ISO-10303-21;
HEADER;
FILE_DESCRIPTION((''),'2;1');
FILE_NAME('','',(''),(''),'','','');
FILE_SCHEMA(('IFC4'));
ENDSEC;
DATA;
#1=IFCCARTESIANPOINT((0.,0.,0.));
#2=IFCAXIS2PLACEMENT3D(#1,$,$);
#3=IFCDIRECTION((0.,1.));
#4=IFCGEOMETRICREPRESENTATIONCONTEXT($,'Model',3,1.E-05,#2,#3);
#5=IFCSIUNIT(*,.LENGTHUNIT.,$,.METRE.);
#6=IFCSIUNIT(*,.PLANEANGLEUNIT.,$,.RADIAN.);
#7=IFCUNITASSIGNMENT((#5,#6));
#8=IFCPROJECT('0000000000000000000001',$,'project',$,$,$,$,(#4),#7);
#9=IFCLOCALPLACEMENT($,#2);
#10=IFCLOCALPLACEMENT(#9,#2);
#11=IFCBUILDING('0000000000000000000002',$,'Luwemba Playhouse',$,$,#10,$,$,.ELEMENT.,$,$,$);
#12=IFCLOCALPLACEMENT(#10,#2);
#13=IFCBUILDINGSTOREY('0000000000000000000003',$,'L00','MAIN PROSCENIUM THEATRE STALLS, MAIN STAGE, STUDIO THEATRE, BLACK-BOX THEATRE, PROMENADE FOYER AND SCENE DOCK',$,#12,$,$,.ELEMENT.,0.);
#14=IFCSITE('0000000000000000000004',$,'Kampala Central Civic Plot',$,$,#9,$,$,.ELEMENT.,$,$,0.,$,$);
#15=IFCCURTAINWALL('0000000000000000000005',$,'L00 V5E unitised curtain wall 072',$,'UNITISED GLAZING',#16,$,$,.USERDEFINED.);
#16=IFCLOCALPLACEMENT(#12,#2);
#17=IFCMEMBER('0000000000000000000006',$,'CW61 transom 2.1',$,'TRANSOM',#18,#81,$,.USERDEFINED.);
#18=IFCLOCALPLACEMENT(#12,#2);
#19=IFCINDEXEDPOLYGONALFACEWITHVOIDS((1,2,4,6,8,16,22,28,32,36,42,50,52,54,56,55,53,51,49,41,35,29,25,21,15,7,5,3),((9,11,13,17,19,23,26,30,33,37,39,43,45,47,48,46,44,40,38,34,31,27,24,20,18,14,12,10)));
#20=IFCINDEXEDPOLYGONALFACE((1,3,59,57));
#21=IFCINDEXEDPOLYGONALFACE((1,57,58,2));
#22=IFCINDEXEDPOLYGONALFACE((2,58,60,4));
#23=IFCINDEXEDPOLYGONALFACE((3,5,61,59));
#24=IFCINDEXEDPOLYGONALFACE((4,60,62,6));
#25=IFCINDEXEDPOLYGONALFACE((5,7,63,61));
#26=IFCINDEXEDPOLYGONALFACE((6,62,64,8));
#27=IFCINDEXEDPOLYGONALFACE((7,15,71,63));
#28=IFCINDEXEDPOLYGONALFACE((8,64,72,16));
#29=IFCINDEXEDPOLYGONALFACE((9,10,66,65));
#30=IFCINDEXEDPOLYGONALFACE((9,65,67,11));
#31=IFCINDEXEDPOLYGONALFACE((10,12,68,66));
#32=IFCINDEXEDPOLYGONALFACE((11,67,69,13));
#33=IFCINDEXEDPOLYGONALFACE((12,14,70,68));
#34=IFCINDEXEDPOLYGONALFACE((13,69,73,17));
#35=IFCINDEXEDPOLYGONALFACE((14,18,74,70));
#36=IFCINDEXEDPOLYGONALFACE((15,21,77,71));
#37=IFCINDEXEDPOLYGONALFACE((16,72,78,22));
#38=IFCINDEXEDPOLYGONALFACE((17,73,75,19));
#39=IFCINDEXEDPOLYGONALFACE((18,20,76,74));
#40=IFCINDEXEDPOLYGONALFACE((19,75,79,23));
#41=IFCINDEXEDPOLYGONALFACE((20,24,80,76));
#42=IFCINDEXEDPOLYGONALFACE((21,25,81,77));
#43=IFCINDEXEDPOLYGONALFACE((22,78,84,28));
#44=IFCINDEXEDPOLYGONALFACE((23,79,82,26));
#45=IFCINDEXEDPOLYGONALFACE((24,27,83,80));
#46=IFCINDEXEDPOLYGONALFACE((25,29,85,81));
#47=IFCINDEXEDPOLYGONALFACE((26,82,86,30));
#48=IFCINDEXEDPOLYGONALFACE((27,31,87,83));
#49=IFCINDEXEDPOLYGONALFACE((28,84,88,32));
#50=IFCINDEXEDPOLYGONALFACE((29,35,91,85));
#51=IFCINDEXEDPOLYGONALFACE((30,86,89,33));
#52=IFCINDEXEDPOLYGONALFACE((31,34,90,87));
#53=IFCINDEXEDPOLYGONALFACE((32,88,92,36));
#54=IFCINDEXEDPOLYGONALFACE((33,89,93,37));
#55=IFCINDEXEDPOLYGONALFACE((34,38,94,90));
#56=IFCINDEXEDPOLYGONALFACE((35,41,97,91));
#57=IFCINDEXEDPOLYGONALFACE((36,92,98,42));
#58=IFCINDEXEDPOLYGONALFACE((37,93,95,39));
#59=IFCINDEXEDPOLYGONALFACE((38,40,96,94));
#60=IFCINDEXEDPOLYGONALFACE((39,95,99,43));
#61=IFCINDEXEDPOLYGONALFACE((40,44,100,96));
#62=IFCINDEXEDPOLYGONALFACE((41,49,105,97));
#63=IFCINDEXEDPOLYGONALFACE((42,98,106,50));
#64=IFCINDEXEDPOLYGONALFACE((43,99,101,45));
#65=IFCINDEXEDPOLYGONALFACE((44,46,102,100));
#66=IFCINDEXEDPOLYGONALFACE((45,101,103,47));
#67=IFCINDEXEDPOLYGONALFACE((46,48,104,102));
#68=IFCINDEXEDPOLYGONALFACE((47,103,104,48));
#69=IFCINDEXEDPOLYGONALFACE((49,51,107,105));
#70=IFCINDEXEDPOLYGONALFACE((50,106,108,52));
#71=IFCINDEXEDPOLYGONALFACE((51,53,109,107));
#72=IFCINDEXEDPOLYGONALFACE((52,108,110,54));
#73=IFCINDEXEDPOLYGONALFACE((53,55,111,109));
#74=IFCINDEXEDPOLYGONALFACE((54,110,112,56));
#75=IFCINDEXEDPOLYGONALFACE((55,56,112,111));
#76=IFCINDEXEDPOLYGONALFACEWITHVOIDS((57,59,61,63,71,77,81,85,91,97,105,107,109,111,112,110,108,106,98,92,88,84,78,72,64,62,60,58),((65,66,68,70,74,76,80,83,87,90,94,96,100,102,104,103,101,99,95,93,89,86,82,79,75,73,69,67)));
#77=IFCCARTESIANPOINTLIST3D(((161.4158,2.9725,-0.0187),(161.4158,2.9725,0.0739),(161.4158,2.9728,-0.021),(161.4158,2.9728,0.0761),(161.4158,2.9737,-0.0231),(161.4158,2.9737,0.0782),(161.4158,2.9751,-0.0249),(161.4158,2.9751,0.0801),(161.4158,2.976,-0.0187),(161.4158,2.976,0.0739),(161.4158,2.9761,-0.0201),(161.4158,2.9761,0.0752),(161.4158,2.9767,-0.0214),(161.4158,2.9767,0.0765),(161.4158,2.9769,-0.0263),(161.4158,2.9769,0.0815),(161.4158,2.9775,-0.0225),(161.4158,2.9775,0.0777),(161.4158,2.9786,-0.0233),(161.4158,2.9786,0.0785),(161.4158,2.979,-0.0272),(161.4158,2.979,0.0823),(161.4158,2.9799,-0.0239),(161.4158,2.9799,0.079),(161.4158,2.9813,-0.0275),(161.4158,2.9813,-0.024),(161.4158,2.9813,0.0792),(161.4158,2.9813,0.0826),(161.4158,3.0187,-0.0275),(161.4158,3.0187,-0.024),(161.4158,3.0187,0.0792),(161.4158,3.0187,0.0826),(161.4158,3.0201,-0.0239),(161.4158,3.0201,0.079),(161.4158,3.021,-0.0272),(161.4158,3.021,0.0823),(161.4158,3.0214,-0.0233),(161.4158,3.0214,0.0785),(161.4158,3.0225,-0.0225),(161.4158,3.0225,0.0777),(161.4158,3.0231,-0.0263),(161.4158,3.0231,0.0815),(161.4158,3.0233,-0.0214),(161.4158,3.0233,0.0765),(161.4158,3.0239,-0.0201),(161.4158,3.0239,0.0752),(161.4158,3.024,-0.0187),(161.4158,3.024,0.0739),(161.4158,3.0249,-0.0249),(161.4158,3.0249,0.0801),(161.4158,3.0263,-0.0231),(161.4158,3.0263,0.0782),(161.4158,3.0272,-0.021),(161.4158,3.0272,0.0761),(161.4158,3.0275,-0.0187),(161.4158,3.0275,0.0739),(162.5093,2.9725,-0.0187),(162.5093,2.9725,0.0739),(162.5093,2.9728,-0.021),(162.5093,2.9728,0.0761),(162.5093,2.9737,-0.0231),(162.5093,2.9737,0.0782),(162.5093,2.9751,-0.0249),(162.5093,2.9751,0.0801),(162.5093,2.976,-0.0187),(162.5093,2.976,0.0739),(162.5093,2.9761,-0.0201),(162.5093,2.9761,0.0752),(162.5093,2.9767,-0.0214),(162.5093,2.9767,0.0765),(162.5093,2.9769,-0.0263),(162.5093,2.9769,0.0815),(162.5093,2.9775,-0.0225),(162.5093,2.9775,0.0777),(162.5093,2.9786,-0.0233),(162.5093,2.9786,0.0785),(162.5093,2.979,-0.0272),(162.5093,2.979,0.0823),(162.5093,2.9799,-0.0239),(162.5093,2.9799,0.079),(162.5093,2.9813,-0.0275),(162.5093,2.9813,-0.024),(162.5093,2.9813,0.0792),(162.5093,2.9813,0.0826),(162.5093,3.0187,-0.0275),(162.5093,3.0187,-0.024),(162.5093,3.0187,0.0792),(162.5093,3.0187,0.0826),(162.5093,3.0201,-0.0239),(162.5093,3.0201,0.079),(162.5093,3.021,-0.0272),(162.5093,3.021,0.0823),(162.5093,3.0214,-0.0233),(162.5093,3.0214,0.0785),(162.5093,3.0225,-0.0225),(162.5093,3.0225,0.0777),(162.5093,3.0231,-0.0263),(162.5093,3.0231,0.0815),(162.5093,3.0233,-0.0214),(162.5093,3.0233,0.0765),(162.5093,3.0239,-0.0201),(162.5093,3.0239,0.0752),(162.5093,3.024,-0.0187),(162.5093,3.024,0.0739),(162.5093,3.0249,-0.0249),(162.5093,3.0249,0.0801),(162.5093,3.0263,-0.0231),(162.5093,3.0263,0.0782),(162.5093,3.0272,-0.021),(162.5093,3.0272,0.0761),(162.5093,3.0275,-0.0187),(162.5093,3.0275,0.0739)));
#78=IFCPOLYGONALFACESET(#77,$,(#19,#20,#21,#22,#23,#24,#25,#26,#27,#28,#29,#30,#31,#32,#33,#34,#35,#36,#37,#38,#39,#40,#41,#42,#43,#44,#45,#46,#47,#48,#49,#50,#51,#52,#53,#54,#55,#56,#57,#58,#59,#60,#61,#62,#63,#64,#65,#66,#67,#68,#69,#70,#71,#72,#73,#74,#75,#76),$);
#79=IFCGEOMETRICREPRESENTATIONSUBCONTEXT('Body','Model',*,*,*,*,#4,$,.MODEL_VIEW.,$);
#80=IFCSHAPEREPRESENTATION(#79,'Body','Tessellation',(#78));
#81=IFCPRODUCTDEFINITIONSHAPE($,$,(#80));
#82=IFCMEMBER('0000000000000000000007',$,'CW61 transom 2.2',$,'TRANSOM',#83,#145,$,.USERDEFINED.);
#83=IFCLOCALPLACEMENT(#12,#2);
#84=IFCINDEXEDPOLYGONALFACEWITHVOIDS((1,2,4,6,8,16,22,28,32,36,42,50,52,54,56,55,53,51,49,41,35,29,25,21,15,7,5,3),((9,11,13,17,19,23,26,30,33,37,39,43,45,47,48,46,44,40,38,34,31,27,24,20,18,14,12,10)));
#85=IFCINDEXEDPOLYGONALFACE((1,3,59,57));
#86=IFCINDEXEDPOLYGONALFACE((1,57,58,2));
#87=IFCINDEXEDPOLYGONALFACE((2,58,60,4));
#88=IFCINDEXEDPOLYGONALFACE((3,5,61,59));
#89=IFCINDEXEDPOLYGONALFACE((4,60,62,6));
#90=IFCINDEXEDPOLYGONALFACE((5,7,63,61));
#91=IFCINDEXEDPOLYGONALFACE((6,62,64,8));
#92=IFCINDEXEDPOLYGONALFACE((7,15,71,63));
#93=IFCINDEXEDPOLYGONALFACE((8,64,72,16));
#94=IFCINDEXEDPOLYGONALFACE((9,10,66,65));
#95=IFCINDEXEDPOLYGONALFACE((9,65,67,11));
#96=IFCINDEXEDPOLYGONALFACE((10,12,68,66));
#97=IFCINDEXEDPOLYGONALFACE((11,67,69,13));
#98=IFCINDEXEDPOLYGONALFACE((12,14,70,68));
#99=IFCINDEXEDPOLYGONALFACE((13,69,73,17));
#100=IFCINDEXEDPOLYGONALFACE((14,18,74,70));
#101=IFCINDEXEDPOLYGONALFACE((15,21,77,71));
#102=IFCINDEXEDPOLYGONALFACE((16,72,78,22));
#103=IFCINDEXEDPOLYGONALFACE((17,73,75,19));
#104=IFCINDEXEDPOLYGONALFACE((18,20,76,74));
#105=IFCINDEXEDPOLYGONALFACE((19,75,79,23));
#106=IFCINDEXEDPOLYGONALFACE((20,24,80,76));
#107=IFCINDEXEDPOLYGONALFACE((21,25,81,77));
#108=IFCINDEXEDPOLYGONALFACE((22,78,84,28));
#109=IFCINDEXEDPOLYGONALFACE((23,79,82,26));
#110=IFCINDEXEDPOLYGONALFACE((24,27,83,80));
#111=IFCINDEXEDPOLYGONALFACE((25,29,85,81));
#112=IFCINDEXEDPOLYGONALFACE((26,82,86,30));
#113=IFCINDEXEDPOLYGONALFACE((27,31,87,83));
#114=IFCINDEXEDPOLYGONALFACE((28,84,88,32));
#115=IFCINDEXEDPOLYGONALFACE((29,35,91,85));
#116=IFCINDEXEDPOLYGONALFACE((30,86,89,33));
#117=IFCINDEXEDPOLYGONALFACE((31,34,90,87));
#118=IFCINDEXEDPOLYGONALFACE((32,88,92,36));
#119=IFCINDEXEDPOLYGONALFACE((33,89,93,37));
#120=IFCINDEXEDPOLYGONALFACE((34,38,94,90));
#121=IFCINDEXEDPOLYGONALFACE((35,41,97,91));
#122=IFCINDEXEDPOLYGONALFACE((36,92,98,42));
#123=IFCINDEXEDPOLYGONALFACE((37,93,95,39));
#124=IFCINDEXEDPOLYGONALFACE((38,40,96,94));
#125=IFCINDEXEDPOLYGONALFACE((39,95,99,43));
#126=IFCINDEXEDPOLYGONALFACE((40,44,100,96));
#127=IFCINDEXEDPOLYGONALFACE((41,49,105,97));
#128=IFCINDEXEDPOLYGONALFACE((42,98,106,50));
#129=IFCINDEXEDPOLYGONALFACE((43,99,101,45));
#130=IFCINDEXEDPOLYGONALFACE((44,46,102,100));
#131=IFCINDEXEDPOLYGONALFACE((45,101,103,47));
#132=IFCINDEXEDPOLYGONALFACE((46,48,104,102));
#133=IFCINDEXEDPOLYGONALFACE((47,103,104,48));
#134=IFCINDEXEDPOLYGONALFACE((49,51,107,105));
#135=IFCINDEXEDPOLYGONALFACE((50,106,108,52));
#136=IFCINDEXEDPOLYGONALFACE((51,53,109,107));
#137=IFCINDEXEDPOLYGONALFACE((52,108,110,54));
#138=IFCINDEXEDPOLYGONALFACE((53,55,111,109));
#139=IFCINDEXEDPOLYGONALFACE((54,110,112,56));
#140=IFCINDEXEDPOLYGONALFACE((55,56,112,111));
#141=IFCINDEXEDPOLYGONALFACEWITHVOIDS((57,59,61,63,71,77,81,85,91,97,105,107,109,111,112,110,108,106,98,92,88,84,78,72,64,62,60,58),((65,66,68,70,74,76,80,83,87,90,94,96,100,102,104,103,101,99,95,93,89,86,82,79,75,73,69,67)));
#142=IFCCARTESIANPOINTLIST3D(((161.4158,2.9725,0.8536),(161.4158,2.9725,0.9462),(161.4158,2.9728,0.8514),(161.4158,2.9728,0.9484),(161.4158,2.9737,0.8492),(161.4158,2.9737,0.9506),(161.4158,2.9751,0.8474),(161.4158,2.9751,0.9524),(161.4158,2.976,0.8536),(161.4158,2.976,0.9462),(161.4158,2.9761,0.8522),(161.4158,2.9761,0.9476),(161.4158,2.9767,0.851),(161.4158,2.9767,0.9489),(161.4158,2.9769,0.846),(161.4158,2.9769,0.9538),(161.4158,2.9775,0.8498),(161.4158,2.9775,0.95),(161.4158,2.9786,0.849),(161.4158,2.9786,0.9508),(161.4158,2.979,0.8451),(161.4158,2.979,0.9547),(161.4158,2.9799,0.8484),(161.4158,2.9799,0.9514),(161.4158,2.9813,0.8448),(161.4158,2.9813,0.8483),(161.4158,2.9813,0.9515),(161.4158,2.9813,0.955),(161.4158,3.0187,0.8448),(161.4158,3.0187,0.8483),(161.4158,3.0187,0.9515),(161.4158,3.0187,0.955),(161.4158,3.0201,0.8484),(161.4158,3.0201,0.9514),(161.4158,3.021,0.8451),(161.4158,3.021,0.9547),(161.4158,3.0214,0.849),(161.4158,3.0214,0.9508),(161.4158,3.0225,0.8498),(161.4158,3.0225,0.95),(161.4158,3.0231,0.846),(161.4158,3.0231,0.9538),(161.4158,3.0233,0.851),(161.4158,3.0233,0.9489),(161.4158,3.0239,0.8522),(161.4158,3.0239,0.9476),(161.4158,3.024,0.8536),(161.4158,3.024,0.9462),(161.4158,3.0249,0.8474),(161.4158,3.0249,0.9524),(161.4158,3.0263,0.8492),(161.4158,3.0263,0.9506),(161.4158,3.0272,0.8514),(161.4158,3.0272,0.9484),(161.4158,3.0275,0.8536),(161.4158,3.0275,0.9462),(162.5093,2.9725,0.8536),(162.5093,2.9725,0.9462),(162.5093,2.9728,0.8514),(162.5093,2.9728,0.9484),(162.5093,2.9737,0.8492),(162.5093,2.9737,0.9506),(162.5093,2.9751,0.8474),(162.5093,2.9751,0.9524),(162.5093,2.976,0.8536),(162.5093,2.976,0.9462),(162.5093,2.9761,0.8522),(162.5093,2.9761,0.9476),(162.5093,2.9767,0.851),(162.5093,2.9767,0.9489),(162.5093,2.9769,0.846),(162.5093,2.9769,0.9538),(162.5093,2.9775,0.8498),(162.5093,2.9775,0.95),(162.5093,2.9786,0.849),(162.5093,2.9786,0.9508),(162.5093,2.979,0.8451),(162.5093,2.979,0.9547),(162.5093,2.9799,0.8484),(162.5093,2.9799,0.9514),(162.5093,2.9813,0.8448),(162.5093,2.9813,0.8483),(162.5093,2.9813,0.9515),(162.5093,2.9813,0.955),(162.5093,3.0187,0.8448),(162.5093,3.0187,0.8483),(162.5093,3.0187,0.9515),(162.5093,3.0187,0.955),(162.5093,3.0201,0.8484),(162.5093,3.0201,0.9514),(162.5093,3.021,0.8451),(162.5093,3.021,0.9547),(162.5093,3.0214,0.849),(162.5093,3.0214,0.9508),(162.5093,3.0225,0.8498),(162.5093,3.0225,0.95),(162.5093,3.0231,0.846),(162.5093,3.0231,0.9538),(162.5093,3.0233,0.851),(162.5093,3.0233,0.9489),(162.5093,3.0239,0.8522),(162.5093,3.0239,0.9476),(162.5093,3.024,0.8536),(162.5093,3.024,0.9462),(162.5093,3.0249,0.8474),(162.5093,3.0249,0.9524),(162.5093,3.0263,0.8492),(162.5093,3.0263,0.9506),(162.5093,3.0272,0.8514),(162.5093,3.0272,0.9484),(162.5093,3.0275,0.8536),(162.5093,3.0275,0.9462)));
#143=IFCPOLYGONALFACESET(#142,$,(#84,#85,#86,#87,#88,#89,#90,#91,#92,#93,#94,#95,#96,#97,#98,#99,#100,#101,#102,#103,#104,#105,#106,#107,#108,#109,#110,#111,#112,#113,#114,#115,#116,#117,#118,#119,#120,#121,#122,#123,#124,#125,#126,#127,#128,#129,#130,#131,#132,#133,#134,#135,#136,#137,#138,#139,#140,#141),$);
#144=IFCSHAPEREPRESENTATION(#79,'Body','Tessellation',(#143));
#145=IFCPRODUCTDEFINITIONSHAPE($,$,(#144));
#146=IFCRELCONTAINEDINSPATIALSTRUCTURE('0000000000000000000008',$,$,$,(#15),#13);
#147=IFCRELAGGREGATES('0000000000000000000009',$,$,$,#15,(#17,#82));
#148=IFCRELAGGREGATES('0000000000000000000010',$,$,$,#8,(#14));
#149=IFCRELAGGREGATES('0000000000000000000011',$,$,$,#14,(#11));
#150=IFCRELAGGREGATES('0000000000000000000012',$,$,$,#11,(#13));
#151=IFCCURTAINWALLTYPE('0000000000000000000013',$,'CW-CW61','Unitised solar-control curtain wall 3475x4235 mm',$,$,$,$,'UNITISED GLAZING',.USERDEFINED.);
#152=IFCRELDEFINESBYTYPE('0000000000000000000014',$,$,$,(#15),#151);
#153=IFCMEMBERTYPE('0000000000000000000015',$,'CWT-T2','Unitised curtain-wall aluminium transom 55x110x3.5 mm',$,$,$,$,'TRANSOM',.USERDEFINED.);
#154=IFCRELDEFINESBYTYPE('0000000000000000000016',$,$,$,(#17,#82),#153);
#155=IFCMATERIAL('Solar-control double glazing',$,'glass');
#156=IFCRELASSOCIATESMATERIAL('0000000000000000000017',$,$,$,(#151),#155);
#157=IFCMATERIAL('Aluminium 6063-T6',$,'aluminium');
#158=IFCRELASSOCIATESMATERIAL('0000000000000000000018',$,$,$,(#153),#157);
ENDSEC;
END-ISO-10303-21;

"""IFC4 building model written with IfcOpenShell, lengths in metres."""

from ifc_helpers import new_model, si_unit, direction, frame, origin, origin_2d, place, context, subcontext, project, spatial, hollow_rectangle, extrude, material, material_profile, profile_set, type_object, element, aggregate, save


model = new_model("IFC4")

# Units and contexts
model_context = context("Model", 3, precision=1e-05, world=origin(), true_north=direction((0.0, 1.0)))
body_context = subcontext(model_context, "Body", "Model", "MODEL_VIEW")
ifc_project = project(units=[si_unit("LENGTHUNIT", "METRE"), si_unit("PLANEANGLEUNIT", "RADIAN")], contexts=[model_context])

# Site, building, storey
site_placement = place(None, origin())
site = spatial("IfcSite", under=ifc_project, at=site_placement, Name="Kampala Central Civic Plot", CompositionType="ELEMENT", RefElevation=0.0)
building_placement = place(site_placement, origin())
building = spatial("IfcBuilding", under=site, at=building_placement, Name="Luwemba Playhouse", CompositionType="ELEMENT")
storey_placement = place(building_placement, origin())
storey = spatial("IfcBuildingStorey", under=building, at=storey_placement, Name="L00", Description="MAIN PROSCENIUM THEATRE STALLS, MAIN STAGE, STUDIO THEATRE, BLACK-BOX THEATRE, PROMENADE FOYER AND SCENE DOCK", CompositionType="ELEMENT", Elevation=0.0)

# Curtain wall, members
ifc_material_1 = material(Name="Solar-control double glazing", Category="glass")
curtain_wall_type = type_object("IfcCurtainWallType", Name="CW-CW61", Description="Unitised solar-control curtain wall 3475x4235 mm", ElementType="UNITISED GLAZING", PredefinedType="USERDEFINED", material=ifc_material_1)
curtain_wall_placement = place(storey_placement, origin())
curtain_wall = element("IfcCurtainWall", 1, at=curtain_wall_placement, inside=storey, type_object=curtain_wall_type, Name="L00 V5E unitised curtain wall 072", ObjectType="UNITISED GLAZING", PredefinedType="USERDEFINED")
ifc_material_2 = material(Name="Aluminium 6063-T6", Category="aluminium")
ifc_material_profile_1 = material_profile(ifc_material_2, hollow_rectangle(XDim=0.0549, YDim=0.1101, WallThickness=0.0034, InnerFilletRadius=0.0054, OuterFilletRadius=0.0088, at=origin_2d()))
ifc_profile_set_1 = profile_set([ifc_material_profile_1], Name="Aluminium 6063-T6")
member_type_1 = type_object("IfcMemberType", Name="CWT-T2", Description="Unitised curtain-wall aluminium transom 55x110x3.5 mm", ElementType="TRANSOM", PredefinedType="USERDEFINED", material=ifc_profile_set_1)
member_1_placement = place(storey_placement, frame((162.5093, 3.0, 0.0276), z_axis=(-1.0, 0.0, 0.0), x_axis=(0.0, -1.0, 0.0)))
member_1 = element("IfcMember", 2, at=member_1_placement, type_object=member_type_1, Name="CW61 transom 2.1", ObjectType="TRANSOM", PredefinedType="USERDEFINED", context=body_context, shape_type="SweptSolid", body=[
    extrude(hollow_rectangle(XDim=0.0549, YDim=0.1101, WallThickness=0.0034, InnerFilletRadius=0.0054, OuterFilletRadius=0.0088, at=origin_2d()), origin(), (0.0, 0.0, 1.0), 1.0935),
])
member_2_placement = place(storey_placement, frame((162.5093, 3.0, 0.8999), z_axis=(-1.0, 0.0, 0.0), x_axis=(0.0, -1.0, 0.0)))
member_2 = element("IfcMember", 3, at=member_2_placement, type_object=member_type_1, Name="CW61 transom 2.2", ObjectType="TRANSOM", PredefinedType="USERDEFINED", context=body_context, shape_type="SweptSolid", body=[
    extrude(hollow_rectangle(XDim=0.0549, YDim=0.1101, WallThickness=0.0034, InnerFilletRadius=0.0054, OuterFilletRadius=0.0088, at=origin_2d()), origin(), (0.0, 0.0, 1.0), 1.0935),
])
aggregate(curtain_wall, [member_1, member_2])

save(model, "model.ifc")
